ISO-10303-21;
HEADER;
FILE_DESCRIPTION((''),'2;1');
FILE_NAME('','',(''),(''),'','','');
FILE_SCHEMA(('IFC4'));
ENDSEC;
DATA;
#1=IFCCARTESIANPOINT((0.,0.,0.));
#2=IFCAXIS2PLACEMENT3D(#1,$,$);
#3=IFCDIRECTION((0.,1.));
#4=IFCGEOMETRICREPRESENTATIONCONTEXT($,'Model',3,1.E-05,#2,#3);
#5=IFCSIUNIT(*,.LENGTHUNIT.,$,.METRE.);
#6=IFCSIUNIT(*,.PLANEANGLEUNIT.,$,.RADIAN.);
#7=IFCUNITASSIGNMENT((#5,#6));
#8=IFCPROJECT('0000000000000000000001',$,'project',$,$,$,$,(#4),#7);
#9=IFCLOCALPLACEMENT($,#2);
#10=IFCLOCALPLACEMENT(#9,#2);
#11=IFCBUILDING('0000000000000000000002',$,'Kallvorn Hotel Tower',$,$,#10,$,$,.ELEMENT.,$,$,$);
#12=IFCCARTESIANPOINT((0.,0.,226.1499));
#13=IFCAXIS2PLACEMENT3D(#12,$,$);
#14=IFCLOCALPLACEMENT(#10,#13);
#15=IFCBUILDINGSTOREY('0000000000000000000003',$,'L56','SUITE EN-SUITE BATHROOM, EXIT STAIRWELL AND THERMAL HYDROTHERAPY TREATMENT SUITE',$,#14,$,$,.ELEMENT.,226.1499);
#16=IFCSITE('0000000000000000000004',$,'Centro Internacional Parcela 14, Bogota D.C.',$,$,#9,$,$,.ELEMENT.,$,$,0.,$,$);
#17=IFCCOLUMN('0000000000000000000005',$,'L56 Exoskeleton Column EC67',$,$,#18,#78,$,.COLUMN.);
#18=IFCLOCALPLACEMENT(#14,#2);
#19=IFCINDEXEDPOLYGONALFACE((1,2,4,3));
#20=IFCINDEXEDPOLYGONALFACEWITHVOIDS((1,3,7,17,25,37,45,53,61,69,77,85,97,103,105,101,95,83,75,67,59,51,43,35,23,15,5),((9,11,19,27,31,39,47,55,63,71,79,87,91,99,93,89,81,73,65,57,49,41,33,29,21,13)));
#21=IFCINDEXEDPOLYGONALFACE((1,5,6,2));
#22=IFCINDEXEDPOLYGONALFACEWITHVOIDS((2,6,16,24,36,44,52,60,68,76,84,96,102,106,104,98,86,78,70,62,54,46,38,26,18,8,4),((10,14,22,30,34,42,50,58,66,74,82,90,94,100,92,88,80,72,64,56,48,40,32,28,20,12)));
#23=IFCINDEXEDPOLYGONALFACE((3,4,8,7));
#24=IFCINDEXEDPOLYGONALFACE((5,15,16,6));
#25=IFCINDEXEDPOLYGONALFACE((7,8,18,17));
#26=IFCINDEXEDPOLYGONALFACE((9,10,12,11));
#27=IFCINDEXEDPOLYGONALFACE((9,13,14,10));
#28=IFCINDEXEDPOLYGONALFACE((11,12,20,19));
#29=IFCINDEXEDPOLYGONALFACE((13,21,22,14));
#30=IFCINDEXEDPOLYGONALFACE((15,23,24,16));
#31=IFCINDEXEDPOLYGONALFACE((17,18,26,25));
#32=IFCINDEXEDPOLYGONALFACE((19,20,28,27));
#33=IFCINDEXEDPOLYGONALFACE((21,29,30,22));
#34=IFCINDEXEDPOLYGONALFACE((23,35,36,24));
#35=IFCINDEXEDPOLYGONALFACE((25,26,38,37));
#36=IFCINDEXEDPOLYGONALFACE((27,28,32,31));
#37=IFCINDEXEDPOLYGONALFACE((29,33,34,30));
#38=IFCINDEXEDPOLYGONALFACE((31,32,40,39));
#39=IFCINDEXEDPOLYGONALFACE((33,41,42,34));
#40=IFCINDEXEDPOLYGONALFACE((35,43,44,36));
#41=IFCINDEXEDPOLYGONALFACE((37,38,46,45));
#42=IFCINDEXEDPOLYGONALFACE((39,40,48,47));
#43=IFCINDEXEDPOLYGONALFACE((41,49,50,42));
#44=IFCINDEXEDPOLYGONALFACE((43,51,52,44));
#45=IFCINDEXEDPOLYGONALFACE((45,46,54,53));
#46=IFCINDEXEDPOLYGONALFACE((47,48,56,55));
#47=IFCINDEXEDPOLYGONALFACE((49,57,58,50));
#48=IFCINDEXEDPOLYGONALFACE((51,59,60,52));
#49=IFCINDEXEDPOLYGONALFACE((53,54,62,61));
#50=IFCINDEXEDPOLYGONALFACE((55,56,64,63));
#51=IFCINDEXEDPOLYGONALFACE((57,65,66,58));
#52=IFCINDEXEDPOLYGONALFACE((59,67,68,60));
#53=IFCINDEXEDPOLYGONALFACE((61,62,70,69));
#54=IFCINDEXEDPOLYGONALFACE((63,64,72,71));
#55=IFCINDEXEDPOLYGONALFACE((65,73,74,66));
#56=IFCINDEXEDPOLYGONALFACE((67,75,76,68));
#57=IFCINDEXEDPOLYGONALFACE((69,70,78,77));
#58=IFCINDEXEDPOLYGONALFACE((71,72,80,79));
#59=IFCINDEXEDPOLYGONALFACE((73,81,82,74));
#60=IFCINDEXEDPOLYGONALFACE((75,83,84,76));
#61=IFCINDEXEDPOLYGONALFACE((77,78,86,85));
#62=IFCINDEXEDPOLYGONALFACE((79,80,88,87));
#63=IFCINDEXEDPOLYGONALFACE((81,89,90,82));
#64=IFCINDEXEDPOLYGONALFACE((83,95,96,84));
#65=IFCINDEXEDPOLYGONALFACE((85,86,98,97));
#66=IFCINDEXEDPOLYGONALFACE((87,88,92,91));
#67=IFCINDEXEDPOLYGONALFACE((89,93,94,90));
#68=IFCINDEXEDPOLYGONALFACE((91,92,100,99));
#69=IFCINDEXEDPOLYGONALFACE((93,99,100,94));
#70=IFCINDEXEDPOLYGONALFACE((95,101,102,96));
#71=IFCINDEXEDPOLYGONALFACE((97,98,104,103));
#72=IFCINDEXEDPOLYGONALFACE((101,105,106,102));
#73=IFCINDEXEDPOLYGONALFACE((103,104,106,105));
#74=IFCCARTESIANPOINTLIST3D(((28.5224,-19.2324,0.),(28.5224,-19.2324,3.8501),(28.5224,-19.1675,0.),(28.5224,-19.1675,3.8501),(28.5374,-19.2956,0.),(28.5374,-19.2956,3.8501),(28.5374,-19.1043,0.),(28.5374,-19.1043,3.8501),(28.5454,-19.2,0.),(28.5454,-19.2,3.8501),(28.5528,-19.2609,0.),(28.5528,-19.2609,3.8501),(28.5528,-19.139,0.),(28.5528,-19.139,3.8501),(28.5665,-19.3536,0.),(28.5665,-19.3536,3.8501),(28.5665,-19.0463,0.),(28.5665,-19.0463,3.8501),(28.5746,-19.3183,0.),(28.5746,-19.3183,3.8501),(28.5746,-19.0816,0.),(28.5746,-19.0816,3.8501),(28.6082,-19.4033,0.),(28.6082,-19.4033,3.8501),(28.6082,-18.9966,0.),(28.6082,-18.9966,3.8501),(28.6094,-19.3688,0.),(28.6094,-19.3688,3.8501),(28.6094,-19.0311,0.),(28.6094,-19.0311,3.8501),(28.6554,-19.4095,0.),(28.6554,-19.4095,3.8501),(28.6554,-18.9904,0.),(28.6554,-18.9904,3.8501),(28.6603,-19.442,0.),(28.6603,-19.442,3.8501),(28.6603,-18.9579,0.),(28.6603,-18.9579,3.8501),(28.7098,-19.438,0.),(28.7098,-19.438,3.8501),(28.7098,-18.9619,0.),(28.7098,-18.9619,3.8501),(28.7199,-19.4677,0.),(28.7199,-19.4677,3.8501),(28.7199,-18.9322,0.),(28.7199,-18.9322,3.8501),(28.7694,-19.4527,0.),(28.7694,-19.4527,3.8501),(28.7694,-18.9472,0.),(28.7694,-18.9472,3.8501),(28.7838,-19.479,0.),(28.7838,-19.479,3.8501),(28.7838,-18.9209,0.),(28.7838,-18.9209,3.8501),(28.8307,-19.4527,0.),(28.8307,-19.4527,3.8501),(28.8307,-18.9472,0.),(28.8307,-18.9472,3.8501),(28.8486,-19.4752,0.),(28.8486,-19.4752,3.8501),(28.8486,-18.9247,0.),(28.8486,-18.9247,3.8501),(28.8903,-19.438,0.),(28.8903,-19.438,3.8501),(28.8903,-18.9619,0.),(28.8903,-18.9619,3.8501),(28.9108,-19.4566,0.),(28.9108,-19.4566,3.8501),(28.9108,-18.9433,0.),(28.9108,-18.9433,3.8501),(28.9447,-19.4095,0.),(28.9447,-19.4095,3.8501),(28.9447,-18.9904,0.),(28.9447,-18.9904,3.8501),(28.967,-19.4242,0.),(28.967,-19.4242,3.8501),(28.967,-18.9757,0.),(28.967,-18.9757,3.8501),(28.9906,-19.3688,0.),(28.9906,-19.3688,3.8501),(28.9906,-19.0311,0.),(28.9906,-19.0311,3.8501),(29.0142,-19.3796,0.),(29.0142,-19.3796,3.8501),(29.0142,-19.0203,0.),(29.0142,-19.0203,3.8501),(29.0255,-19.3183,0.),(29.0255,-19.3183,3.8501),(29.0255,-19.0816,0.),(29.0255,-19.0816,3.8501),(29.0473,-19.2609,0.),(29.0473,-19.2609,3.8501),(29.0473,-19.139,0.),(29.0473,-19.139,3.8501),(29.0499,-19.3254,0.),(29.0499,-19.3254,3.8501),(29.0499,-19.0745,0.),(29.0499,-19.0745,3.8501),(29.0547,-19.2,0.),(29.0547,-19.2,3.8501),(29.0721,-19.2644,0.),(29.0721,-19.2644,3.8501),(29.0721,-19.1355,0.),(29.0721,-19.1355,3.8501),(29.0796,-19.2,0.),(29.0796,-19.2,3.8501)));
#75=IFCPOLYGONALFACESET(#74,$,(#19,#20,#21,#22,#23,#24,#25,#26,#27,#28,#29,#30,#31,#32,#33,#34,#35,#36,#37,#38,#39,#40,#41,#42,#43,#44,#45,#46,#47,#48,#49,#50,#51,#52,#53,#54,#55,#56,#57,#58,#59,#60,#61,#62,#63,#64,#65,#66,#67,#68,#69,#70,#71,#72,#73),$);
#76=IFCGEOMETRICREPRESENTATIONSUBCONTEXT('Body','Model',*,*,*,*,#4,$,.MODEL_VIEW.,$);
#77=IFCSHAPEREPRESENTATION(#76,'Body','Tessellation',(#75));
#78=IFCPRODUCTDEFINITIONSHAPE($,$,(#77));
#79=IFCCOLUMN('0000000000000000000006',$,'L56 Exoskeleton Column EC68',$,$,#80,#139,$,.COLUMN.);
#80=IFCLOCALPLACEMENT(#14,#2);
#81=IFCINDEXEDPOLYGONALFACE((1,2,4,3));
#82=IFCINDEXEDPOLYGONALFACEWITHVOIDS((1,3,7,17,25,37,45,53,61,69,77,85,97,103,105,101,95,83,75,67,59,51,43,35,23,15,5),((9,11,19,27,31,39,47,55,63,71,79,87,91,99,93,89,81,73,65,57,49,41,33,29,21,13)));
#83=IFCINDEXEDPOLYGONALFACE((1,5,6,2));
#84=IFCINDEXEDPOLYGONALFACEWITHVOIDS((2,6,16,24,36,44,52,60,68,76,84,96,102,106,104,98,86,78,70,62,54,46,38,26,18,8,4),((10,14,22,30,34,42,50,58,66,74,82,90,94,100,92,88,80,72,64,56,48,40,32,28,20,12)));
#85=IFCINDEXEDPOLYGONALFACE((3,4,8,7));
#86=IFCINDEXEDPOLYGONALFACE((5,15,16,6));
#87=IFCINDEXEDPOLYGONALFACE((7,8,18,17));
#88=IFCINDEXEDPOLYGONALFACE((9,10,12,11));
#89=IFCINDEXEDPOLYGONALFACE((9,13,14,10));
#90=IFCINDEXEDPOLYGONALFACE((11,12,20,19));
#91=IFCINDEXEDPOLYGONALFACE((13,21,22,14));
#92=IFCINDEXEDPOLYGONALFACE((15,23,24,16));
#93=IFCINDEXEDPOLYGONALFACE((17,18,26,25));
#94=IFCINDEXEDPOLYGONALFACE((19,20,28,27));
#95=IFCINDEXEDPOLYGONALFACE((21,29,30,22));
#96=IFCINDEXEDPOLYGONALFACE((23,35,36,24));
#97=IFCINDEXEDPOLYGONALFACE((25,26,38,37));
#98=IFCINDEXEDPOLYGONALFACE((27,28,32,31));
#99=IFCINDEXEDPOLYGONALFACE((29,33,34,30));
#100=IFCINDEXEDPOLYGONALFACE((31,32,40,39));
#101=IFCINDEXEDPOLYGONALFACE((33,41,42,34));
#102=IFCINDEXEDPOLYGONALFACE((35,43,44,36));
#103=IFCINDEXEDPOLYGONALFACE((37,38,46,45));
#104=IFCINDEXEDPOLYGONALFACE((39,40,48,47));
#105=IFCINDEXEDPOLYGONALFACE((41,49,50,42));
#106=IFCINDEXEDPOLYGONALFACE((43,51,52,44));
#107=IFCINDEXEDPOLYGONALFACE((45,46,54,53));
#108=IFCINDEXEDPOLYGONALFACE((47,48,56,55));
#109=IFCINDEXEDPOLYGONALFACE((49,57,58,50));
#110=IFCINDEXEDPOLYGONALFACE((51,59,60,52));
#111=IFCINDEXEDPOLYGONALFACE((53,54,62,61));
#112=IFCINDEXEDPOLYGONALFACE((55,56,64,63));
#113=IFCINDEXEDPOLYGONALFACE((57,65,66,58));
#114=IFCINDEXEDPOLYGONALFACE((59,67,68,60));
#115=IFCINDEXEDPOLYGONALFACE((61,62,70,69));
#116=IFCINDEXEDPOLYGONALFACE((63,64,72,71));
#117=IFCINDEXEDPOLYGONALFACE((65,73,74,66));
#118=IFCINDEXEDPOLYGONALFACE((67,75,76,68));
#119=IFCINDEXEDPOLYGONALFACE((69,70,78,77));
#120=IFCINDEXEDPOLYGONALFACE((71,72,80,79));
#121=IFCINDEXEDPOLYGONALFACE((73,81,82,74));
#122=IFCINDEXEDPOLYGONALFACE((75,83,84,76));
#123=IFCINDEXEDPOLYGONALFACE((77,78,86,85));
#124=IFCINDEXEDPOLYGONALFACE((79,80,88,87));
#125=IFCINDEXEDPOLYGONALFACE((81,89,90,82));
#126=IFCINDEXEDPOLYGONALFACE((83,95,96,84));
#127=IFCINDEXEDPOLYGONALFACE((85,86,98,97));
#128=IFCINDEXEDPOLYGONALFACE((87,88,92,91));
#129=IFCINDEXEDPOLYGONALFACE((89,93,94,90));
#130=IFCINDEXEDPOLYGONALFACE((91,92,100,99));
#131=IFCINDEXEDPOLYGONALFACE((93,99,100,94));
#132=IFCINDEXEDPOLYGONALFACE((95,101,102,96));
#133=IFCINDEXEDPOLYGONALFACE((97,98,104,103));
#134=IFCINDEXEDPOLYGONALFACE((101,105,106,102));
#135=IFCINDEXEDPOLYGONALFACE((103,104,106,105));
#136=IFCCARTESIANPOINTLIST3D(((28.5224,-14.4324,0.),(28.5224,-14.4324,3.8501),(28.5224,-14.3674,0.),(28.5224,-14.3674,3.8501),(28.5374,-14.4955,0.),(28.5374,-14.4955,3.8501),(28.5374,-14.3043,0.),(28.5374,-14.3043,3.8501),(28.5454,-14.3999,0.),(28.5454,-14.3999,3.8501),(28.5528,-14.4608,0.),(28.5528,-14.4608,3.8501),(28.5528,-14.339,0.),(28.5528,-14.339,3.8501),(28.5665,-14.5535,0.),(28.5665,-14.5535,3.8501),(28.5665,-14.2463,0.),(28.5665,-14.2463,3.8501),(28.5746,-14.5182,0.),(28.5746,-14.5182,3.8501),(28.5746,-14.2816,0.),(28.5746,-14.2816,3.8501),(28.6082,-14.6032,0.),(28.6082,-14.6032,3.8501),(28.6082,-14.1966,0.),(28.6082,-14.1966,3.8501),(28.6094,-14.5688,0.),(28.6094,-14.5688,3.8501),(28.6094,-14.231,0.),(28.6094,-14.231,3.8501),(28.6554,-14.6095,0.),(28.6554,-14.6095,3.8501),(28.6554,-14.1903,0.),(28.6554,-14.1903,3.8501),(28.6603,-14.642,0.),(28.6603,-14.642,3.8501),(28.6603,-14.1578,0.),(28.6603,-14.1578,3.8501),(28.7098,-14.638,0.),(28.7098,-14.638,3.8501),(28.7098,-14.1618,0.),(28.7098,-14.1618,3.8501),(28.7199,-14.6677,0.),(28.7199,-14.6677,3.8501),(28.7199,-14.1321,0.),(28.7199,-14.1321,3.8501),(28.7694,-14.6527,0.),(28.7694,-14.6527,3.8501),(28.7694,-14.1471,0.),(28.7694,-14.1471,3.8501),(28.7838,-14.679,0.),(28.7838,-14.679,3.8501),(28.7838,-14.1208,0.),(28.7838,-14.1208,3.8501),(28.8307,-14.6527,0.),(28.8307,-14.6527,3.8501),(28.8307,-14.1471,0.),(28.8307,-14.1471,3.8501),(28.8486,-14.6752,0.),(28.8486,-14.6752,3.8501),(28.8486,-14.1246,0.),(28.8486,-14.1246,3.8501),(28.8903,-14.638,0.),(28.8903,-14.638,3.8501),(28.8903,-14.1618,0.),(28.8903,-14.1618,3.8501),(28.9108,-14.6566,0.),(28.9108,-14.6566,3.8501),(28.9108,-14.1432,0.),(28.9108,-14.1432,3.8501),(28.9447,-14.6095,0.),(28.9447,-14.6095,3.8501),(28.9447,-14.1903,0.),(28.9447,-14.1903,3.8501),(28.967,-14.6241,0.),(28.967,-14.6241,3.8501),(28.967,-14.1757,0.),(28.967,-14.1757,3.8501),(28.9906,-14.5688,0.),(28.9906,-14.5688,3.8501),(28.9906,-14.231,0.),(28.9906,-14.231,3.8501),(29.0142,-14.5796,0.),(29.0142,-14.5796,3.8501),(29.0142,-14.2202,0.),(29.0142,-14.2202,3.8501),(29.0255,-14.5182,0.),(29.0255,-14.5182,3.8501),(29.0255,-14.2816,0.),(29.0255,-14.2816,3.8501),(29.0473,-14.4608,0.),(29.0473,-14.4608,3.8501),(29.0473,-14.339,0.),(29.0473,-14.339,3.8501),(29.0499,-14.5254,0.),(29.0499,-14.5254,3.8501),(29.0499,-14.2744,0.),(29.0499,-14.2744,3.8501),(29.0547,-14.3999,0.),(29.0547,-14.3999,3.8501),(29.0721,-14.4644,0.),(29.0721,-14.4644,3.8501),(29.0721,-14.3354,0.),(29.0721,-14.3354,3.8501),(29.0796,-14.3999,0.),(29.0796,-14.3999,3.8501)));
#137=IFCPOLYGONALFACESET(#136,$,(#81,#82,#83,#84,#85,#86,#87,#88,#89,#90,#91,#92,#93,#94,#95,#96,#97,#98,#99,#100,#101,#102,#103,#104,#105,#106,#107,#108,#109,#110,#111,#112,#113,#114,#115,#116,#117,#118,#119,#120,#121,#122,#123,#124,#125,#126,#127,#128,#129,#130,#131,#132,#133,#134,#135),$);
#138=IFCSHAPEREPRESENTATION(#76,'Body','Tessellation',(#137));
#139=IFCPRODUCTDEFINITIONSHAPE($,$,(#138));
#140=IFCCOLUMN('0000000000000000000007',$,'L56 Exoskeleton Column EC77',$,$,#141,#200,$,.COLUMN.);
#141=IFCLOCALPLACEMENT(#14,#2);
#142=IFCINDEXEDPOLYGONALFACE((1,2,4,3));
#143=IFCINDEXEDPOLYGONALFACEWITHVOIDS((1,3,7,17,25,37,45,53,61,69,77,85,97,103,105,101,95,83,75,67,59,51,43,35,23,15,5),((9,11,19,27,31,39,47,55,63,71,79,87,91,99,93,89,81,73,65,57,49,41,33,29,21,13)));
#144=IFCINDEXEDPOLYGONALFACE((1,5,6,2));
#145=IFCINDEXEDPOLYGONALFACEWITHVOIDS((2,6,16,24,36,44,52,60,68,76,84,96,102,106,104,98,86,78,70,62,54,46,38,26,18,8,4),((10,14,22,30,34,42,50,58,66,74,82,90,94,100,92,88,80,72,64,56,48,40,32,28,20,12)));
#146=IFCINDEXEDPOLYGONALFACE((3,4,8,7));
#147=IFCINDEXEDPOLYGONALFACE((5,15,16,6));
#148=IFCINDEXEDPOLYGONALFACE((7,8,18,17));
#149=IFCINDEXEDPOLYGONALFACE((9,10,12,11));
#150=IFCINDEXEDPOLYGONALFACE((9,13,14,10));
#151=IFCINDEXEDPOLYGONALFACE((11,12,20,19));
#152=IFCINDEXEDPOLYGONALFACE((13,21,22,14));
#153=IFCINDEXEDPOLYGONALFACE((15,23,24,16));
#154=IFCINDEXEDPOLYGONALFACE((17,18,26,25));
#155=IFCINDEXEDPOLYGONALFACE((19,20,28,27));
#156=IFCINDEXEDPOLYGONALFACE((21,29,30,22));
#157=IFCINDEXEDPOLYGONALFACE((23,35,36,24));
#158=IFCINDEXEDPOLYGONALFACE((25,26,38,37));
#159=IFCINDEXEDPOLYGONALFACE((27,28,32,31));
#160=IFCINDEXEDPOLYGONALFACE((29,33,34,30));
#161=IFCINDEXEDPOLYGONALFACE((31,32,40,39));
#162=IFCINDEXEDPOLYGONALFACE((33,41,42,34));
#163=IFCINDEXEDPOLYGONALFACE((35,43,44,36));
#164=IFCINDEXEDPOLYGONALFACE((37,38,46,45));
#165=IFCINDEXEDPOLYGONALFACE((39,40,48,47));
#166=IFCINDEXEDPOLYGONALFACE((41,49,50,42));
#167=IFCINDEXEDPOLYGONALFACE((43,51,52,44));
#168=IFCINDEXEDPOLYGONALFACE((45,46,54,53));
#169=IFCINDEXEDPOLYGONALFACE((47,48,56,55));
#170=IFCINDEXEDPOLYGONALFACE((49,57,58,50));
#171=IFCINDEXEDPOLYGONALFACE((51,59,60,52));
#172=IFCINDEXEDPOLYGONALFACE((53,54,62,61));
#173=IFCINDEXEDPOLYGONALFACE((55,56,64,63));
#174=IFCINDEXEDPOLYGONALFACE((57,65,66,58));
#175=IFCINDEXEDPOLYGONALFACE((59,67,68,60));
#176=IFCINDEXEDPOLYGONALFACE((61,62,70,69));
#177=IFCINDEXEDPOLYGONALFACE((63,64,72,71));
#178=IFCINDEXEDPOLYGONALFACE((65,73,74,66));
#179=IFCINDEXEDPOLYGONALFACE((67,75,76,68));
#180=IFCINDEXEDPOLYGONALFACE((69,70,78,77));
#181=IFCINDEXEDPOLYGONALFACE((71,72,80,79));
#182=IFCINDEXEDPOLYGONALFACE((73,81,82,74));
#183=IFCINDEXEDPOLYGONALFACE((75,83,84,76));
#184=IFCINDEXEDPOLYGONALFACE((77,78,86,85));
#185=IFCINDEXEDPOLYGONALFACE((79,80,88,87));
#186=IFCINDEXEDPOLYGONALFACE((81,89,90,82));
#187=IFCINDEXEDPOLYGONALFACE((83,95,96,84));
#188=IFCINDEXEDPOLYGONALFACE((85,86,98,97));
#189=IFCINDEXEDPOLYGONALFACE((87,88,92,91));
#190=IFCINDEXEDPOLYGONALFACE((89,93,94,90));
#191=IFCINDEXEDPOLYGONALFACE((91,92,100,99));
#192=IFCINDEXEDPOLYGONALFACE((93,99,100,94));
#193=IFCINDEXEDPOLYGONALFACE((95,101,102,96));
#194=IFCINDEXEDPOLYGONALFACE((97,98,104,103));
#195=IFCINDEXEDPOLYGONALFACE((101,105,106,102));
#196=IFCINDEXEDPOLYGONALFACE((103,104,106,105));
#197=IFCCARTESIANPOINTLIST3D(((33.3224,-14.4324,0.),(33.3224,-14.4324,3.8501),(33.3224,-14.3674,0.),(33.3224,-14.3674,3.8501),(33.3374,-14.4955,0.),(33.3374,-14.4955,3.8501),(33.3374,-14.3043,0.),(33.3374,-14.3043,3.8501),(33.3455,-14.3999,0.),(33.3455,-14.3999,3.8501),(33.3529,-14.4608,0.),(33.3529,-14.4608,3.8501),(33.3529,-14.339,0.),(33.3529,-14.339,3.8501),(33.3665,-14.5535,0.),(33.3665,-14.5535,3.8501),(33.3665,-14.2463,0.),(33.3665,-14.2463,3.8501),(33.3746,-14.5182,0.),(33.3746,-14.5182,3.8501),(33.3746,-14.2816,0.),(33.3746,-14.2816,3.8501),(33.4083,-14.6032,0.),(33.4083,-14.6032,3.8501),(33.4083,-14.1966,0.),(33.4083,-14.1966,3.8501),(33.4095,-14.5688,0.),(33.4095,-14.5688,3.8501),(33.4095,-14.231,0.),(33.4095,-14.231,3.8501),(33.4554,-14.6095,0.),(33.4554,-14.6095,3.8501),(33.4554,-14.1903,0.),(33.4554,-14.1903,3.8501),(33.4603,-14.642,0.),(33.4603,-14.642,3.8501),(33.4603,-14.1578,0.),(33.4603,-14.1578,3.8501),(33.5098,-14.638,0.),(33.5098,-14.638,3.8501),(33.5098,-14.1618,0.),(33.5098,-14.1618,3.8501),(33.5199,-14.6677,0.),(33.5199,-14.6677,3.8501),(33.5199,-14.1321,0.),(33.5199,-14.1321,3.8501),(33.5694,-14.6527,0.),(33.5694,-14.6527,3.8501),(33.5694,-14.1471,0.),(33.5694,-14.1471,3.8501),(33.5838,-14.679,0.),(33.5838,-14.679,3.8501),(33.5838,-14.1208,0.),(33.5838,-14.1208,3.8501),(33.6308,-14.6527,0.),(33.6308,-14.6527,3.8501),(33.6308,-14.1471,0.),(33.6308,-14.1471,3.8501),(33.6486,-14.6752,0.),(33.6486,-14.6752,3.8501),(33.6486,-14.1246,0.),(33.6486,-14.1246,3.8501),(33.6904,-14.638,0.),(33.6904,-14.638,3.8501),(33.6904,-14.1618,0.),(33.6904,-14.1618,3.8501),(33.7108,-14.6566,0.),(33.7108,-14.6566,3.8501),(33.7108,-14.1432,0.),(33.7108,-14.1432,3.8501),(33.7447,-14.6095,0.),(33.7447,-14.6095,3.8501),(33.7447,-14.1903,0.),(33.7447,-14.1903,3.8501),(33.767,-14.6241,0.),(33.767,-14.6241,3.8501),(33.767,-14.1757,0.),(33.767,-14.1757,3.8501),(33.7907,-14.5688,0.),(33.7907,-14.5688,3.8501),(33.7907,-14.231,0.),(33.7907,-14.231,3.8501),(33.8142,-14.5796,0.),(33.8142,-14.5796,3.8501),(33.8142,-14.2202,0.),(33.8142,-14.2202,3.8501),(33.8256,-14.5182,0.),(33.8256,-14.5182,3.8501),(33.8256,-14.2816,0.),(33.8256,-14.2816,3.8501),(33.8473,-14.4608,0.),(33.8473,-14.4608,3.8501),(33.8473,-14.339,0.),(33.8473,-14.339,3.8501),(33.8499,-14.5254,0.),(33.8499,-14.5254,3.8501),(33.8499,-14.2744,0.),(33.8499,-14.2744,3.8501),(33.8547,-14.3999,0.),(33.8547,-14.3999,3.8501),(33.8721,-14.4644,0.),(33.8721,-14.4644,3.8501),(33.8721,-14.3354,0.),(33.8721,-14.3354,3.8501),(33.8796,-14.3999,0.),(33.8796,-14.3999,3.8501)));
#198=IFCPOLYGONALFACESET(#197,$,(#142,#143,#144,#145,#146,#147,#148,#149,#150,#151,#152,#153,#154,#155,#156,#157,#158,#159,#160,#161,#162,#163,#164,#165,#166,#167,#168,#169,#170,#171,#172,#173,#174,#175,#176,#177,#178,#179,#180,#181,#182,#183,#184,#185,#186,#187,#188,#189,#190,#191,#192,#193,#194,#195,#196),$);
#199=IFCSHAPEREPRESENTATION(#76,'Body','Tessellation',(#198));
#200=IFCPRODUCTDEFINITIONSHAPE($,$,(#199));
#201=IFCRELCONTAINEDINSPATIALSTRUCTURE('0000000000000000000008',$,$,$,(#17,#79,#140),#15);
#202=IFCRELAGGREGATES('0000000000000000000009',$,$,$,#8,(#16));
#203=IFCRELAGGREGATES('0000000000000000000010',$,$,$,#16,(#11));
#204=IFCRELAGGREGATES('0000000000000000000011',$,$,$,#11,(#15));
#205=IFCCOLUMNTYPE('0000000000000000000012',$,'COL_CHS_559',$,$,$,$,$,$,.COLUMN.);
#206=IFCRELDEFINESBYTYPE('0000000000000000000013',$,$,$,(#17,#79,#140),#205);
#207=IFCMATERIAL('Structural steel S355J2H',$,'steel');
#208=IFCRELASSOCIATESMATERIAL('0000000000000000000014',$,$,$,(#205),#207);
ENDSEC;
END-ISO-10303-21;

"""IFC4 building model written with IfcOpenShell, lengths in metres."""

from ifc_helpers import new_model, si_unit, direction, frame, origin, origin_2d, place, context, subcontext, project, spatial, hollow_circle, extrude, material, material_profile, profile_set, type_object, element, save


model = new_model("IFC4")

# Units and contexts
model_context = context("Model", 3, precision=1e-05, world=origin(), true_north=direction((0.0, 1.0)))
body_context = subcontext(model_context, "Body", "Model", "MODEL_VIEW")
ifc_project = project(units=[si_unit("LENGTHUNIT", "METRE"), si_unit("PLANEANGLEUNIT", "RADIAN")], contexts=[model_context])

# Site, building, storey
site_placement = place(None, origin())
site = spatial("IfcSite", under=ifc_project, at=site_placement, Name="Centro Internacional Parcela 14, Bogota D.C.", CompositionType="ELEMENT", RefElevation=0.0)
building_placement = place(site_placement, origin())
building = spatial("IfcBuilding", under=site, at=building_placement, Name="Kallvorn Hotel Tower", CompositionType="ELEMENT")
storey_placement = place(building_placement, frame((0.0, 0.0, 226.1499)))
storey = spatial("IfcBuildingStorey", under=building, at=storey_placement, Name="L56", Description="SUITE EN-SUITE BATHROOM, EXIT STAIRWELL AND THERMAL HYDROTHERAPY TREATMENT SUITE", CompositionType="ELEMENT", Elevation=226.1499)

# Columns
ifc_material_1 = material(Name="Structural steel S355J2H", Category="steel")
ifc_material_profile_1 = material_profile(ifc_material_1, hollow_circle(Radius=0.2795, WallThickness=0.0249, at=origin_2d()), Name="CHS 559x25")
ifc_profile_set_1 = profile_set([ifc_material_profile_1], Name="Structural steel S355J2H")
column_type_1 = type_object("IfcColumnType", Name="COL_CHS_559", PredefinedType="COLUMN", material=ifc_profile_set_1)
for number, where, z_axis, x_axis, name in (
    (1, (28.8, -19.2, 0.0), (0.0, 0.0, 1.0), (1.0, 0.0, 0.0), "L56 Exoskeleton Column EC67"),
    (2, (28.8, -14.3999, 0.0), (0.0, 0.0, 1.0), (1.0, 0.0, 0.0), "L56 Exoskeleton Column EC68"),
    (3, (33.6001, -14.3999, 0.0), (0.0, 0.0, 1.0), (1.0, 0.0, 0.0), "L56 Exoskeleton Column EC77"),
):
    element("IfcColumn", number, at=place(storey_placement, frame(where, z_axis=z_axis, x_axis=x_axis)), inside=storey, type_object=column_type_1, Name=name, PredefinedType="COLUMN", context=body_context, shape_type="SweptSolid", body=[
        extrude(hollow_circle(Radius=0.2795, WallThickness=0.0249, at=origin_2d()), origin(), (0.0, 0.0, 1.0), 3.8501),
    ])

save(model, "model.ifc")
